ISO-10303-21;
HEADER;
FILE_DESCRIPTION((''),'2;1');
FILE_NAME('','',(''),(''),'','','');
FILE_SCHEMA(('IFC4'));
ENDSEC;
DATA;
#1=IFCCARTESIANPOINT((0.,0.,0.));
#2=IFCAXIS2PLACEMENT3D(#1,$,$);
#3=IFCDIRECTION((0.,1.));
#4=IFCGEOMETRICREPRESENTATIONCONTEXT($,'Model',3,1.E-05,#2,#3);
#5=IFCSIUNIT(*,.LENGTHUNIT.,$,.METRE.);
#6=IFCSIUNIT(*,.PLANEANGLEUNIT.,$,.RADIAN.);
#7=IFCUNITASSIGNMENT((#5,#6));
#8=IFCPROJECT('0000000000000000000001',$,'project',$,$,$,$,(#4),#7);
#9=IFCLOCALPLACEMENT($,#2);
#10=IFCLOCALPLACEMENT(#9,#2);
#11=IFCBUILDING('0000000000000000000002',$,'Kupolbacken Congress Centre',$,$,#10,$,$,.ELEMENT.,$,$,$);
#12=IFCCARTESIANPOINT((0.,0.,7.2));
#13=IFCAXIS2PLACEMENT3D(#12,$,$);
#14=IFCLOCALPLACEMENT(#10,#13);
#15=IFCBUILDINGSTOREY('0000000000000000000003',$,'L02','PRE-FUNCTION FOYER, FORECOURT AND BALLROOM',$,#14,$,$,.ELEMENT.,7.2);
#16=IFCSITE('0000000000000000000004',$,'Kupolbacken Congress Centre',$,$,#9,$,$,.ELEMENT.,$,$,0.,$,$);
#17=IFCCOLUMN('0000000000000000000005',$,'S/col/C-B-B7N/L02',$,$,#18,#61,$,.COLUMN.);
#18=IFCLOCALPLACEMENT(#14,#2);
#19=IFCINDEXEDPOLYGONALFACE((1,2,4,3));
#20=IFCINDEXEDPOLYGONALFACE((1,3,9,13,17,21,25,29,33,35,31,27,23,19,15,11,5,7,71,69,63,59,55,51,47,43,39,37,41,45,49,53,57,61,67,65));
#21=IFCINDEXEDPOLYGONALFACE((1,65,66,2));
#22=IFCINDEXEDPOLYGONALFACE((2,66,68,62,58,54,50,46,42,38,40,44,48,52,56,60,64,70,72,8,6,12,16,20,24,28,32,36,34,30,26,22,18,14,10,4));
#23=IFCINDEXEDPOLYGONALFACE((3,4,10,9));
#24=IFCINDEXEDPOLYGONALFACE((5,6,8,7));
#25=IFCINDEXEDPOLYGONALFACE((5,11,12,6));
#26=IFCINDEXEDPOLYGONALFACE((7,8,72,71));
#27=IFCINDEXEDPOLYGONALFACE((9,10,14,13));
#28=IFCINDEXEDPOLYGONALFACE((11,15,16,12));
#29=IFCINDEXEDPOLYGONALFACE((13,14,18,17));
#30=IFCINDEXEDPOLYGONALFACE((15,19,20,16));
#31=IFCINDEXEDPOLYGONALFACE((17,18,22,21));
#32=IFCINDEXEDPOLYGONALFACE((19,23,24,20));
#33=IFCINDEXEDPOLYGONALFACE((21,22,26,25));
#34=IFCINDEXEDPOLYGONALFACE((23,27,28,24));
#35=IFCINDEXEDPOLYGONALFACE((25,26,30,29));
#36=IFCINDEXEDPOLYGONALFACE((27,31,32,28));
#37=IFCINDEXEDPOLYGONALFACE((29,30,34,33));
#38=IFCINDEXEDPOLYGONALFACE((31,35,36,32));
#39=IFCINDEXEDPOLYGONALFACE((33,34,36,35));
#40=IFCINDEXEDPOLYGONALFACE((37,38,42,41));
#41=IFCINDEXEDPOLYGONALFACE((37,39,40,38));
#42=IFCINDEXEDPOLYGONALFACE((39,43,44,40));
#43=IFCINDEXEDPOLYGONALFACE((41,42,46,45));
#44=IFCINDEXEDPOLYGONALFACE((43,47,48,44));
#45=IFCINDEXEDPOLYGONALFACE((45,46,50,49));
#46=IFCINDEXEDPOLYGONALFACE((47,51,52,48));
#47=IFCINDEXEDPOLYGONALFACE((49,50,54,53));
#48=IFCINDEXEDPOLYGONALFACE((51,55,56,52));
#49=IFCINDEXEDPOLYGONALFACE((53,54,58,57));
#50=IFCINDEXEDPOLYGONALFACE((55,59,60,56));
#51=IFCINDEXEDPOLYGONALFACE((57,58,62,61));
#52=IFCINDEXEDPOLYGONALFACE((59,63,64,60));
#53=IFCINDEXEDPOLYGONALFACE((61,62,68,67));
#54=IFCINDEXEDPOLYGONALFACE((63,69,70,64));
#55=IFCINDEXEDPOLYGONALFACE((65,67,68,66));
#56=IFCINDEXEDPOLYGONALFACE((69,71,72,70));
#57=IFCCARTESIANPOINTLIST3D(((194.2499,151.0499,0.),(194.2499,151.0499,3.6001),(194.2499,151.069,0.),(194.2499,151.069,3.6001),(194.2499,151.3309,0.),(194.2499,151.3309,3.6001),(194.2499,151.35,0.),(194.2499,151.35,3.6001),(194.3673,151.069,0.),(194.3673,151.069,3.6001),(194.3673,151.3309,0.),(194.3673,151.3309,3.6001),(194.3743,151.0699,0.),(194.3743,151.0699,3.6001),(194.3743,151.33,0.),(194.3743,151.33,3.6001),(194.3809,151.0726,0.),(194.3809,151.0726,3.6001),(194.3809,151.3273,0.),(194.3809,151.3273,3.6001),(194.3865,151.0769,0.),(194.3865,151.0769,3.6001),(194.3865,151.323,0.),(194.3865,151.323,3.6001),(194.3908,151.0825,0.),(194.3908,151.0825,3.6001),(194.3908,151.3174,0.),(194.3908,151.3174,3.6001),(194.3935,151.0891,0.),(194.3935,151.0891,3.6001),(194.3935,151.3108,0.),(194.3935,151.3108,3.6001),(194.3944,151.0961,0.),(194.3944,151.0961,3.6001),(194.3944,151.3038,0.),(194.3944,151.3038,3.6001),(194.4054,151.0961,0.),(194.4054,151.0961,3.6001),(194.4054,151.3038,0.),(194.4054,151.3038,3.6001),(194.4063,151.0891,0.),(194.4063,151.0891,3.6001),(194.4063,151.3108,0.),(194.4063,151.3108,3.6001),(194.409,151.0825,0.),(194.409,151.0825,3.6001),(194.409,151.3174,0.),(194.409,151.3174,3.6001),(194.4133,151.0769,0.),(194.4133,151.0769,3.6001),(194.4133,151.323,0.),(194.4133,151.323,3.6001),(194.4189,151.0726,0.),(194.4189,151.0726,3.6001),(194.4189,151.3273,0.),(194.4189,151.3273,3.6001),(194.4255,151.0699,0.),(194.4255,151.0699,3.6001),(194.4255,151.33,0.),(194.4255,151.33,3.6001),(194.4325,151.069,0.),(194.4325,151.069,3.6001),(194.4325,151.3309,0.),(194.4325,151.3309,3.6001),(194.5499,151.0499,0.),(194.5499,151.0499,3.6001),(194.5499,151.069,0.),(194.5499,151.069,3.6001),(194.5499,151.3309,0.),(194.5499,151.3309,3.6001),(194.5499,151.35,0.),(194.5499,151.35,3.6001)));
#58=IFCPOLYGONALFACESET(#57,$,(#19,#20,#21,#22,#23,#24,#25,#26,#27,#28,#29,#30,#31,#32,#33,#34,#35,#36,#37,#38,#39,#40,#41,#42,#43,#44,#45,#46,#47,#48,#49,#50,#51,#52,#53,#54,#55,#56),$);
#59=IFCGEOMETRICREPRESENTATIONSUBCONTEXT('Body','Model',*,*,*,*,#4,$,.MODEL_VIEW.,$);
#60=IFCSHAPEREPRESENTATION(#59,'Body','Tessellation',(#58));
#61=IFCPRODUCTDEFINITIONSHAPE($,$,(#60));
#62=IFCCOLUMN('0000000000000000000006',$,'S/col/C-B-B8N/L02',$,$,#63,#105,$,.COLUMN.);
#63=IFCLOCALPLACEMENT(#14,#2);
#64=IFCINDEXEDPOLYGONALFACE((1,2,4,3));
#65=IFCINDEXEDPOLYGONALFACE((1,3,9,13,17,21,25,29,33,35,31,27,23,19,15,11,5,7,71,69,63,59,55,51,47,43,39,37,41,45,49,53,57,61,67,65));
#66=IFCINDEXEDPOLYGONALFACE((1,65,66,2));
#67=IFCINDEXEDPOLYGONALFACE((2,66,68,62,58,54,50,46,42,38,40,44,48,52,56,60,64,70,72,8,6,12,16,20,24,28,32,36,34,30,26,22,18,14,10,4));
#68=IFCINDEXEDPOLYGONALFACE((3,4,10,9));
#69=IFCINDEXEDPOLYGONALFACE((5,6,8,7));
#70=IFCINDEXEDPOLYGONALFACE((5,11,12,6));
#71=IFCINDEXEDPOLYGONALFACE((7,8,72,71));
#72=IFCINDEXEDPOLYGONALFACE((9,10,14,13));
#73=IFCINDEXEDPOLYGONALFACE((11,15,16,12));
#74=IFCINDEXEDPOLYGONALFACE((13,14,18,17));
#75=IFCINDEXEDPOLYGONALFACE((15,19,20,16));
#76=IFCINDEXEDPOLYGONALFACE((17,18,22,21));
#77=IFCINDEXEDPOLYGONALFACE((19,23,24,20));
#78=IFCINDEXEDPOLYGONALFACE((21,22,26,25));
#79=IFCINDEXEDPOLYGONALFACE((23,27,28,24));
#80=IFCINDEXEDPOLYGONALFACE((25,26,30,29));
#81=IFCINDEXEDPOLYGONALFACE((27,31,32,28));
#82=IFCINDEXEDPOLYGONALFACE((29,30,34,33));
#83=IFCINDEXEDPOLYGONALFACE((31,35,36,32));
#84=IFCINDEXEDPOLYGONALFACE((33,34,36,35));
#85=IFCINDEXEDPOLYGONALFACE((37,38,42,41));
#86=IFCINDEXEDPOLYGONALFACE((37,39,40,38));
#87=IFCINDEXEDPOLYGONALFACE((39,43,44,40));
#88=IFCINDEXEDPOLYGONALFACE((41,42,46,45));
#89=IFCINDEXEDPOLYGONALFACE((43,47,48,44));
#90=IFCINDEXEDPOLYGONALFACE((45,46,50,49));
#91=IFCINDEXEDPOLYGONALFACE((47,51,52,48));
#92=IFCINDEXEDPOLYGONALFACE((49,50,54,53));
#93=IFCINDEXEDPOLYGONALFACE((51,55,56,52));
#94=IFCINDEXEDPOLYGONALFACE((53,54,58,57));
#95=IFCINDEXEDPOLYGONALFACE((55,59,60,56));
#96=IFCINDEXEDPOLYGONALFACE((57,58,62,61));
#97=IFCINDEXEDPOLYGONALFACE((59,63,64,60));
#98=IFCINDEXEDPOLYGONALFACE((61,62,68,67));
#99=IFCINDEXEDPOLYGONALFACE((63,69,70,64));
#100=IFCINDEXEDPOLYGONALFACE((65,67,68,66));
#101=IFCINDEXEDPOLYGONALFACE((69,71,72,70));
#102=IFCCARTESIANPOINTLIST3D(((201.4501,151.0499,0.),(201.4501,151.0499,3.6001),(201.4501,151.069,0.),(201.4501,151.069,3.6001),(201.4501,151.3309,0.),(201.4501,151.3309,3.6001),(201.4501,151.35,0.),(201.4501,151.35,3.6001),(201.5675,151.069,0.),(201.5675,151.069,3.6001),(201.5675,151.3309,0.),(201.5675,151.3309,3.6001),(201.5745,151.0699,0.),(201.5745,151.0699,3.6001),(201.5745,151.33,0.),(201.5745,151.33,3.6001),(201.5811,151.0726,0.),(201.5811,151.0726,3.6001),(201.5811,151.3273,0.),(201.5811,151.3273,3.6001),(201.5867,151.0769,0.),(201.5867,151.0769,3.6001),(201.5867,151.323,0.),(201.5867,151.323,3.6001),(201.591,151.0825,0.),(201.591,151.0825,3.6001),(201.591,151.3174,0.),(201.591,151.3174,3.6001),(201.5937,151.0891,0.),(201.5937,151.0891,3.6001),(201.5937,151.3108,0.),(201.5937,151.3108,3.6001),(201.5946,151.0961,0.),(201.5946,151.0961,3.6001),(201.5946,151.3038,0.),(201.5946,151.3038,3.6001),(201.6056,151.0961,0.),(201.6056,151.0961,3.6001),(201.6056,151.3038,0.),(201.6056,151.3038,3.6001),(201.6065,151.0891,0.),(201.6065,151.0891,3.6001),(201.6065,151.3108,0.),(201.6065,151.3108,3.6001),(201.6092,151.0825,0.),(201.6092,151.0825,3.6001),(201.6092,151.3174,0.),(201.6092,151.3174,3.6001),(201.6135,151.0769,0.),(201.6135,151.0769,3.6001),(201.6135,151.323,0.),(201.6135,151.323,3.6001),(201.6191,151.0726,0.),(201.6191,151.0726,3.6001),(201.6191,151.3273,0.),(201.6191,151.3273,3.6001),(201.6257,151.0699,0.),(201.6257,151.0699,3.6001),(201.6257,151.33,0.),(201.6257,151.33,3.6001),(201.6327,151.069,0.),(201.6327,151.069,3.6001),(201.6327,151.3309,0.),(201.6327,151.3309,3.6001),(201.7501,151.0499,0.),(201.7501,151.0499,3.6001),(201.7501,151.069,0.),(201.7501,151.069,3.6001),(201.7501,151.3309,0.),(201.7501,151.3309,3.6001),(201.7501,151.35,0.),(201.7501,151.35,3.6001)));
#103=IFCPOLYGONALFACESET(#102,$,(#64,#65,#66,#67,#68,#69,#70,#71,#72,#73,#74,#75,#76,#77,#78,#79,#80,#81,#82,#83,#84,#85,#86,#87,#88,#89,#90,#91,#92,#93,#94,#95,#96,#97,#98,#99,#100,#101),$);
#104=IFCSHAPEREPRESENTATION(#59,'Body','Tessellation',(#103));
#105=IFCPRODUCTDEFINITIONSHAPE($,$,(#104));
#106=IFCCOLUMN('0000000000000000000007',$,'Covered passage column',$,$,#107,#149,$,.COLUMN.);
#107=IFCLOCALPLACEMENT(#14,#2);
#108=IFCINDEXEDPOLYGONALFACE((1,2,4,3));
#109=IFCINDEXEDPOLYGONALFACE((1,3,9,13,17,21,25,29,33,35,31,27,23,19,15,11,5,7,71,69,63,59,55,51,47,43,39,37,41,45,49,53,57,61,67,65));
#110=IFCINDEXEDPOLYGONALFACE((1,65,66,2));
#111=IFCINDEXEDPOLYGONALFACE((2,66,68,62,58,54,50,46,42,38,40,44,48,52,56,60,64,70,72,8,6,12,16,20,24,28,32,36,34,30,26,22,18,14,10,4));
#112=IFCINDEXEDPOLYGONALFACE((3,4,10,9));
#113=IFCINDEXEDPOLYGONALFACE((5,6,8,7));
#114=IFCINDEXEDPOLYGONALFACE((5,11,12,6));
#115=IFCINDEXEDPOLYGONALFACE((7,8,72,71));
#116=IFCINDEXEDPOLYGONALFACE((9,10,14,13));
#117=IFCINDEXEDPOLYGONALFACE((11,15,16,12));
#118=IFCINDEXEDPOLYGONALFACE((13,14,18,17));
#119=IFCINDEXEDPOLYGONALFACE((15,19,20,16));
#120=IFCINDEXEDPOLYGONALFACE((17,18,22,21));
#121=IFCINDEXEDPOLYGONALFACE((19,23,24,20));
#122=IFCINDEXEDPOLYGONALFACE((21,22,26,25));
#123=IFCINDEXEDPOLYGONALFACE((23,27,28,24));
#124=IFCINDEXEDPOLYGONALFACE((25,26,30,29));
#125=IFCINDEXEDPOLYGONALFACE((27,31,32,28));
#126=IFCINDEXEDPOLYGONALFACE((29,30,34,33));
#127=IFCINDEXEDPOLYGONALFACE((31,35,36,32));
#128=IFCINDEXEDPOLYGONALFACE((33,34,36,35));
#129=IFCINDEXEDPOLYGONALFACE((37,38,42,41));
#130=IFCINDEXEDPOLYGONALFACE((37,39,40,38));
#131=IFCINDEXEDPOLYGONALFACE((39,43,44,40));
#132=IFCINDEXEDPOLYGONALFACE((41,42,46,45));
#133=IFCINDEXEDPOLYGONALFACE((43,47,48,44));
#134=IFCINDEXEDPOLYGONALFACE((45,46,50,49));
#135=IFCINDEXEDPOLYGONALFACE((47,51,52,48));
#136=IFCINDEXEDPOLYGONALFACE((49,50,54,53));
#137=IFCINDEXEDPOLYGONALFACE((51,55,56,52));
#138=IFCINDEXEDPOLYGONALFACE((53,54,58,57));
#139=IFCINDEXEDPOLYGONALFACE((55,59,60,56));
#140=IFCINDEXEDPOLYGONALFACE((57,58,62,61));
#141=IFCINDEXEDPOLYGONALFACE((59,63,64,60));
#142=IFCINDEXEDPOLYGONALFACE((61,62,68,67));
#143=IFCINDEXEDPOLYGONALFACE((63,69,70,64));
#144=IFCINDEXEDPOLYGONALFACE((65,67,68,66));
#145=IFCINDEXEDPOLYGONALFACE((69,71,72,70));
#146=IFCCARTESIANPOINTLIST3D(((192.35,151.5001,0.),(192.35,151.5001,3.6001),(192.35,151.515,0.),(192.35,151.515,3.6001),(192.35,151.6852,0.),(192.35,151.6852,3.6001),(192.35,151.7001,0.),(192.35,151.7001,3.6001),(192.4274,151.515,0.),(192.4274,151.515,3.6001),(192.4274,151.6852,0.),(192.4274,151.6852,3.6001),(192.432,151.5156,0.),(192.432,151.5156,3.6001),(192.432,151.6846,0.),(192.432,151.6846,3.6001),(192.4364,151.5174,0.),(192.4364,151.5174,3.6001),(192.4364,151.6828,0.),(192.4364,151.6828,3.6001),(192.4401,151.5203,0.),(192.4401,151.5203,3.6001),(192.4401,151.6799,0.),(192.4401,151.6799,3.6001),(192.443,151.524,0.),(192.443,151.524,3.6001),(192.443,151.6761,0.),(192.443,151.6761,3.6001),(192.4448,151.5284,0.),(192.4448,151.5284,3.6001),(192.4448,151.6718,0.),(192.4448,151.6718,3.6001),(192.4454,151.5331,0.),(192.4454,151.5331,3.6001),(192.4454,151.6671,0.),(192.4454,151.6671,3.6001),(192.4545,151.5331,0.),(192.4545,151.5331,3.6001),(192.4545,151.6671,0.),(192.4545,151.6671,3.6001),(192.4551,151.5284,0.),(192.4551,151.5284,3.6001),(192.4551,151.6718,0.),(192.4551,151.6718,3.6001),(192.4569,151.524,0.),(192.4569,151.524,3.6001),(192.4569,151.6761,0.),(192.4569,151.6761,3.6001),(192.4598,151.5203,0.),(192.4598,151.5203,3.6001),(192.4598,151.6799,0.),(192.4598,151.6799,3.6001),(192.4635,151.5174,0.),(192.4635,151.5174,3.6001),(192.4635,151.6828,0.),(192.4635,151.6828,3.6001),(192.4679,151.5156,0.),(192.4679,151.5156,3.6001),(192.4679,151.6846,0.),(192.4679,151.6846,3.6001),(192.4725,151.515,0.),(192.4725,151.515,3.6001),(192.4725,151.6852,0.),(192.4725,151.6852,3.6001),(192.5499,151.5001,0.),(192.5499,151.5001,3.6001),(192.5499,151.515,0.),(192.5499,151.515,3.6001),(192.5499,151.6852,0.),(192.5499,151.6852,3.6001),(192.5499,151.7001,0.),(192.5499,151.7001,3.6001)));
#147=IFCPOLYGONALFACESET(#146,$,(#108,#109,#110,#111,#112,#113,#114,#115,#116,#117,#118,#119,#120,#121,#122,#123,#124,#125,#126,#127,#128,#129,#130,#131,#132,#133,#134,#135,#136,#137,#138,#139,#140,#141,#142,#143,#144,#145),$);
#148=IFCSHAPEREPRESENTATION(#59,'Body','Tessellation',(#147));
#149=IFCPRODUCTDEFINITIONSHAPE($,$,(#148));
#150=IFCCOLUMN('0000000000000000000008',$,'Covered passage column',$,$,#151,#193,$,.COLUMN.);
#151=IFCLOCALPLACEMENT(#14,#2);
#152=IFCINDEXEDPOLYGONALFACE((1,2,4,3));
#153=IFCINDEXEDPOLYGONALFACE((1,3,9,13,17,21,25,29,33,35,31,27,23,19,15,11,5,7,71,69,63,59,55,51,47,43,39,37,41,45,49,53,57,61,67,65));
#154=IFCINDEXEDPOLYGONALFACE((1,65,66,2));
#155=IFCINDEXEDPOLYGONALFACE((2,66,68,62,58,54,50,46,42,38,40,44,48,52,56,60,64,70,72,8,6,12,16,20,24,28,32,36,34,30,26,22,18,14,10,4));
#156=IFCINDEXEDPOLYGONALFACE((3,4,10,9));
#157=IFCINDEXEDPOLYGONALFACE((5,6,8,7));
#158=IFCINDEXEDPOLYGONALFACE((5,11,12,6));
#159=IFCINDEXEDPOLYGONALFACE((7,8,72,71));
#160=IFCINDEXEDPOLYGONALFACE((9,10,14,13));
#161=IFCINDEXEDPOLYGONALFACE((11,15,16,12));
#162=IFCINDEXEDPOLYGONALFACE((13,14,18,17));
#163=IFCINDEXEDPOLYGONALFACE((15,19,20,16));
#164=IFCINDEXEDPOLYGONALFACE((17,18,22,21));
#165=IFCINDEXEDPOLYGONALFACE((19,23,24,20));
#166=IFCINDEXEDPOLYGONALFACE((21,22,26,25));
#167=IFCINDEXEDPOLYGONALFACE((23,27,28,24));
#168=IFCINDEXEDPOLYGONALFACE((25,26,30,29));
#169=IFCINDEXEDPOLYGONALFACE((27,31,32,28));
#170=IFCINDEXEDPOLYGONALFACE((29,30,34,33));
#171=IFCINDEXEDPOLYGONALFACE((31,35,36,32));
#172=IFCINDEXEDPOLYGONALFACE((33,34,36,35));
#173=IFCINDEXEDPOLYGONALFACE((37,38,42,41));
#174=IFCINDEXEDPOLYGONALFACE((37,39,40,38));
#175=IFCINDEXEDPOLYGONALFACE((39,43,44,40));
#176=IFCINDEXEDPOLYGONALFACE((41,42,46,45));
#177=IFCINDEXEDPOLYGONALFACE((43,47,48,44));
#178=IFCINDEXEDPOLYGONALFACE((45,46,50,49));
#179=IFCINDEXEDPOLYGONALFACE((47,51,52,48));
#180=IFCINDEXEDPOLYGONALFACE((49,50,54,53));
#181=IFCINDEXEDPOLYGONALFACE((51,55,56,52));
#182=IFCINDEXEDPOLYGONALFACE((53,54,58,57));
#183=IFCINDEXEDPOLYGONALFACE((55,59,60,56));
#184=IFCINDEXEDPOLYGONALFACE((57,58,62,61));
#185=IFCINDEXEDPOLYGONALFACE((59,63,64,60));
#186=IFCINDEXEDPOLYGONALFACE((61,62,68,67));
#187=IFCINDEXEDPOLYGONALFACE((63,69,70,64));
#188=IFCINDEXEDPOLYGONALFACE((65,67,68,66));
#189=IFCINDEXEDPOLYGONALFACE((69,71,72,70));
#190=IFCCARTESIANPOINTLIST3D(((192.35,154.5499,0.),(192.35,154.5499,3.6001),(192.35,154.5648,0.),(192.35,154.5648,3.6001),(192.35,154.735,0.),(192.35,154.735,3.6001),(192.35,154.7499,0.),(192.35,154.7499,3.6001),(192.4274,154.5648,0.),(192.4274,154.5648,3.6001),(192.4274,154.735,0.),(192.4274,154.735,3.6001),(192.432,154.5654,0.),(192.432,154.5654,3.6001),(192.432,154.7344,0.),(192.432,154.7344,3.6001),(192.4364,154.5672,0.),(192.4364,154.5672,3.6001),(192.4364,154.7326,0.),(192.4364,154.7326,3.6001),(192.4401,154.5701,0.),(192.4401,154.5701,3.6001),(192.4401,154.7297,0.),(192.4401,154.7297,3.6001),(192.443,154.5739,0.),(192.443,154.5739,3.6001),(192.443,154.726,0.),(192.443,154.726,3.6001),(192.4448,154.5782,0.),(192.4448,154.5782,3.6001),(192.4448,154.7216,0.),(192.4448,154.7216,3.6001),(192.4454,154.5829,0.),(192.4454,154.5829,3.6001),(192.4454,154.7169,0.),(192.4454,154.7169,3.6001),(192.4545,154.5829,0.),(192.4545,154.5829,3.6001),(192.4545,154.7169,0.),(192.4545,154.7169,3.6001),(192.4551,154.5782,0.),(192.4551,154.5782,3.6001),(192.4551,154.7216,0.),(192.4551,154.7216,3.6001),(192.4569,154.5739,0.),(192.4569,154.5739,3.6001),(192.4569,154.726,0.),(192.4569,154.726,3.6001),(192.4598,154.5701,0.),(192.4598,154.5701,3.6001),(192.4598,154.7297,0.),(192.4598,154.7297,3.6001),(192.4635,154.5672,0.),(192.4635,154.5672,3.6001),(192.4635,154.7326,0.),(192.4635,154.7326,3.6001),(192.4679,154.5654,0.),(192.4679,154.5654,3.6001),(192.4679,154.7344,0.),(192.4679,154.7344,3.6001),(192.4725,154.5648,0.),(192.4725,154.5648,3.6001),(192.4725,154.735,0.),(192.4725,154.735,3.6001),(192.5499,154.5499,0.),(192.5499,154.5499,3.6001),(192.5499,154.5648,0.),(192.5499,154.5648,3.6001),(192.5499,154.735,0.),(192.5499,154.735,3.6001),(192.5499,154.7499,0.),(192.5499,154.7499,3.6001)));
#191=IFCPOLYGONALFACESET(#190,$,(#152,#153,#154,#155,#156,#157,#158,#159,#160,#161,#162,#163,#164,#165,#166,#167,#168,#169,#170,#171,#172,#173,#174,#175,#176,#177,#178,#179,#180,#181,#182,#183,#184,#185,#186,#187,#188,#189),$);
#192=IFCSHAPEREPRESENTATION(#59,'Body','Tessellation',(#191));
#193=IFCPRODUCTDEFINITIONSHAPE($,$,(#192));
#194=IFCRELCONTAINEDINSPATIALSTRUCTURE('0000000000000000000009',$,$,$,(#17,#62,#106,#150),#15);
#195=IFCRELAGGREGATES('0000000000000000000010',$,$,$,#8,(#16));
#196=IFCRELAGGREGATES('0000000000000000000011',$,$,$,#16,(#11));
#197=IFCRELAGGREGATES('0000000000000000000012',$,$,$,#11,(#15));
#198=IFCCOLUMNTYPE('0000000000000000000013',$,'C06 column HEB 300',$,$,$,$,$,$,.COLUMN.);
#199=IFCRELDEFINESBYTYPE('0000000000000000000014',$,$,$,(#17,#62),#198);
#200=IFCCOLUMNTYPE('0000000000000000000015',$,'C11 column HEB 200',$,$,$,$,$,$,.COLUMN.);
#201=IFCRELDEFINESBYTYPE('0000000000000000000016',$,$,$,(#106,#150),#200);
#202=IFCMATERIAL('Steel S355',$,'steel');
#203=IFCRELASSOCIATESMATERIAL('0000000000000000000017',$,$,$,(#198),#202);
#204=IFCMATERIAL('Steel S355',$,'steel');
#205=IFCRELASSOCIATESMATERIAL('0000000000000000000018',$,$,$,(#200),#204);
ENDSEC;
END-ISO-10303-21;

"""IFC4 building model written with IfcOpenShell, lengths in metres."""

from ifc_helpers import new_model, si_unit, direction, frame, origin, origin_2d, place, context, subcontext, project, spatial, i_section, extrude, material, material_profile, profile_set, type_object, element, save


model = new_model("IFC4")

# Units and contexts
model_context = context("Model", 3, precision=1e-05, world=origin(), true_north=direction((0.0, 1.0)))
body_context = subcontext(model_context, "Body", "Model", "MODEL_VIEW")
ifc_project = project(units=[si_unit("LENGTHUNIT", "METRE"), si_unit("PLANEANGLEUNIT", "RADIAN")], contexts=[model_context])

# Site, building, storey
site_placement = place(None, origin())
site = spatial("IfcSite", under=ifc_project, at=site_placement, Name="Kupolbacken Congress Centre", CompositionType="ELEMENT", RefElevation=0.0)
building_placement = place(site_placement, origin())
building = spatial("IfcBuilding", under=site, at=building_placement, Name="Kupolbacken Congress Centre", CompositionType="ELEMENT")
storey_placement = place(building_placement, frame((0.0, 0.0, 7.2)))
storey = spatial("IfcBuildingStorey", under=building, at=storey_placement, Name="L02", Description="PRE-FUNCTION FOYER, FORECOURT AND BALLROOM", CompositionType="ELEMENT", Elevation=7.2)

# Columns
ifc_material_1 = material(Name="Steel S355", Category="steel")
ifc_material_profile_1 = material_profile(ifc_material_1, i_section(OverallWidth=0.3, OverallDepth=0.3, WebThickness=0.011, FlangeThickness=0.019, FilletRadius=0.0271, at=origin_2d()), Name="HEB 300")
ifc_profile_set_1 = profile_set([ifc_material_profile_1], Name="Steel S355")
column_type_1 = type_object("IfcColumnType", Name="C06 column HEB 300", PredefinedType="COLUMN", material=ifc_profile_set_1)
for number, where, z_axis, x_axis, name in (
    (1, (194.3999, 151.2, 0.0), (0.0, 0.0, 1.0), (1.0, 0.0, 0.0), "S/col/C-B-B7N/L02"),
    (2, (201.6001, 151.2, 0.0), (0.0, 0.0, 1.0), (1.0, 0.0, 0.0), "S/col/C-B-B8N/L02"),
):
    element("IfcColumn", number, at=place(storey_placement, frame(where, z_axis=z_axis, x_axis=x_axis)), inside=storey, type_object=column_type_1, Name=name, PredefinedType="COLUMN", context=body_context, shape_type="SweptSolid", body=[
        extrude(i_section(OverallWidth=0.3, OverallDepth=0.3, WebThickness=0.011, FlangeThickness=0.019, FilletRadius=0.0271, at=origin_2d()), origin(), (0.0, 0.0, 1.0), 3.6001),
    ])
ifc_material_2 = material(Name="Steel S355", Category="steel")
ifc_material_profile_2 = material_profile(ifc_material_2, i_section(OverallWidth=0.2, OverallDepth=0.2, WebThickness=0.009, FlangeThickness=0.0149, FilletRadius=0.0181, at=origin_2d()), Name="HEB 200")
ifc_profile_set_2 = profile_set([ifc_material_profile_2], Name="Steel S355")
column_type_2 = type_object("IfcColumnType", Name="C11 column HEB 200", PredefinedType="COLUMN", material=ifc_profile_set_2)
for number, where, z_axis, x_axis, name in (
    (3, (192.45, 151.6001, 0.0), (0.0, 0.0, 1.0), (1.0, 0.0, 0.0), "Covered passage column"),
    (4, (192.45, 154.6499, 0.0), (0.0, 0.0, 1.0), (1.0, 0.0, 0.0), "Covered passage column"),
):
    element("IfcColumn", number, at=place(storey_placement, frame(where, z_axis=z_axis, x_axis=x_axis)), inside=storey, type_object=column_type_2, Name=name, PredefinedType="COLUMN", context=body_context, shape_type="SweptSolid", body=[
        extrude(i_section(OverallWidth=0.2, OverallDepth=0.2, WebThickness=0.009, FlangeThickness=0.0149, FilletRadius=0.0181, at=origin_2d()), origin(), (0.0, 0.0, 1.0), 3.6001),
    ])

save(model, "model.ifc")
